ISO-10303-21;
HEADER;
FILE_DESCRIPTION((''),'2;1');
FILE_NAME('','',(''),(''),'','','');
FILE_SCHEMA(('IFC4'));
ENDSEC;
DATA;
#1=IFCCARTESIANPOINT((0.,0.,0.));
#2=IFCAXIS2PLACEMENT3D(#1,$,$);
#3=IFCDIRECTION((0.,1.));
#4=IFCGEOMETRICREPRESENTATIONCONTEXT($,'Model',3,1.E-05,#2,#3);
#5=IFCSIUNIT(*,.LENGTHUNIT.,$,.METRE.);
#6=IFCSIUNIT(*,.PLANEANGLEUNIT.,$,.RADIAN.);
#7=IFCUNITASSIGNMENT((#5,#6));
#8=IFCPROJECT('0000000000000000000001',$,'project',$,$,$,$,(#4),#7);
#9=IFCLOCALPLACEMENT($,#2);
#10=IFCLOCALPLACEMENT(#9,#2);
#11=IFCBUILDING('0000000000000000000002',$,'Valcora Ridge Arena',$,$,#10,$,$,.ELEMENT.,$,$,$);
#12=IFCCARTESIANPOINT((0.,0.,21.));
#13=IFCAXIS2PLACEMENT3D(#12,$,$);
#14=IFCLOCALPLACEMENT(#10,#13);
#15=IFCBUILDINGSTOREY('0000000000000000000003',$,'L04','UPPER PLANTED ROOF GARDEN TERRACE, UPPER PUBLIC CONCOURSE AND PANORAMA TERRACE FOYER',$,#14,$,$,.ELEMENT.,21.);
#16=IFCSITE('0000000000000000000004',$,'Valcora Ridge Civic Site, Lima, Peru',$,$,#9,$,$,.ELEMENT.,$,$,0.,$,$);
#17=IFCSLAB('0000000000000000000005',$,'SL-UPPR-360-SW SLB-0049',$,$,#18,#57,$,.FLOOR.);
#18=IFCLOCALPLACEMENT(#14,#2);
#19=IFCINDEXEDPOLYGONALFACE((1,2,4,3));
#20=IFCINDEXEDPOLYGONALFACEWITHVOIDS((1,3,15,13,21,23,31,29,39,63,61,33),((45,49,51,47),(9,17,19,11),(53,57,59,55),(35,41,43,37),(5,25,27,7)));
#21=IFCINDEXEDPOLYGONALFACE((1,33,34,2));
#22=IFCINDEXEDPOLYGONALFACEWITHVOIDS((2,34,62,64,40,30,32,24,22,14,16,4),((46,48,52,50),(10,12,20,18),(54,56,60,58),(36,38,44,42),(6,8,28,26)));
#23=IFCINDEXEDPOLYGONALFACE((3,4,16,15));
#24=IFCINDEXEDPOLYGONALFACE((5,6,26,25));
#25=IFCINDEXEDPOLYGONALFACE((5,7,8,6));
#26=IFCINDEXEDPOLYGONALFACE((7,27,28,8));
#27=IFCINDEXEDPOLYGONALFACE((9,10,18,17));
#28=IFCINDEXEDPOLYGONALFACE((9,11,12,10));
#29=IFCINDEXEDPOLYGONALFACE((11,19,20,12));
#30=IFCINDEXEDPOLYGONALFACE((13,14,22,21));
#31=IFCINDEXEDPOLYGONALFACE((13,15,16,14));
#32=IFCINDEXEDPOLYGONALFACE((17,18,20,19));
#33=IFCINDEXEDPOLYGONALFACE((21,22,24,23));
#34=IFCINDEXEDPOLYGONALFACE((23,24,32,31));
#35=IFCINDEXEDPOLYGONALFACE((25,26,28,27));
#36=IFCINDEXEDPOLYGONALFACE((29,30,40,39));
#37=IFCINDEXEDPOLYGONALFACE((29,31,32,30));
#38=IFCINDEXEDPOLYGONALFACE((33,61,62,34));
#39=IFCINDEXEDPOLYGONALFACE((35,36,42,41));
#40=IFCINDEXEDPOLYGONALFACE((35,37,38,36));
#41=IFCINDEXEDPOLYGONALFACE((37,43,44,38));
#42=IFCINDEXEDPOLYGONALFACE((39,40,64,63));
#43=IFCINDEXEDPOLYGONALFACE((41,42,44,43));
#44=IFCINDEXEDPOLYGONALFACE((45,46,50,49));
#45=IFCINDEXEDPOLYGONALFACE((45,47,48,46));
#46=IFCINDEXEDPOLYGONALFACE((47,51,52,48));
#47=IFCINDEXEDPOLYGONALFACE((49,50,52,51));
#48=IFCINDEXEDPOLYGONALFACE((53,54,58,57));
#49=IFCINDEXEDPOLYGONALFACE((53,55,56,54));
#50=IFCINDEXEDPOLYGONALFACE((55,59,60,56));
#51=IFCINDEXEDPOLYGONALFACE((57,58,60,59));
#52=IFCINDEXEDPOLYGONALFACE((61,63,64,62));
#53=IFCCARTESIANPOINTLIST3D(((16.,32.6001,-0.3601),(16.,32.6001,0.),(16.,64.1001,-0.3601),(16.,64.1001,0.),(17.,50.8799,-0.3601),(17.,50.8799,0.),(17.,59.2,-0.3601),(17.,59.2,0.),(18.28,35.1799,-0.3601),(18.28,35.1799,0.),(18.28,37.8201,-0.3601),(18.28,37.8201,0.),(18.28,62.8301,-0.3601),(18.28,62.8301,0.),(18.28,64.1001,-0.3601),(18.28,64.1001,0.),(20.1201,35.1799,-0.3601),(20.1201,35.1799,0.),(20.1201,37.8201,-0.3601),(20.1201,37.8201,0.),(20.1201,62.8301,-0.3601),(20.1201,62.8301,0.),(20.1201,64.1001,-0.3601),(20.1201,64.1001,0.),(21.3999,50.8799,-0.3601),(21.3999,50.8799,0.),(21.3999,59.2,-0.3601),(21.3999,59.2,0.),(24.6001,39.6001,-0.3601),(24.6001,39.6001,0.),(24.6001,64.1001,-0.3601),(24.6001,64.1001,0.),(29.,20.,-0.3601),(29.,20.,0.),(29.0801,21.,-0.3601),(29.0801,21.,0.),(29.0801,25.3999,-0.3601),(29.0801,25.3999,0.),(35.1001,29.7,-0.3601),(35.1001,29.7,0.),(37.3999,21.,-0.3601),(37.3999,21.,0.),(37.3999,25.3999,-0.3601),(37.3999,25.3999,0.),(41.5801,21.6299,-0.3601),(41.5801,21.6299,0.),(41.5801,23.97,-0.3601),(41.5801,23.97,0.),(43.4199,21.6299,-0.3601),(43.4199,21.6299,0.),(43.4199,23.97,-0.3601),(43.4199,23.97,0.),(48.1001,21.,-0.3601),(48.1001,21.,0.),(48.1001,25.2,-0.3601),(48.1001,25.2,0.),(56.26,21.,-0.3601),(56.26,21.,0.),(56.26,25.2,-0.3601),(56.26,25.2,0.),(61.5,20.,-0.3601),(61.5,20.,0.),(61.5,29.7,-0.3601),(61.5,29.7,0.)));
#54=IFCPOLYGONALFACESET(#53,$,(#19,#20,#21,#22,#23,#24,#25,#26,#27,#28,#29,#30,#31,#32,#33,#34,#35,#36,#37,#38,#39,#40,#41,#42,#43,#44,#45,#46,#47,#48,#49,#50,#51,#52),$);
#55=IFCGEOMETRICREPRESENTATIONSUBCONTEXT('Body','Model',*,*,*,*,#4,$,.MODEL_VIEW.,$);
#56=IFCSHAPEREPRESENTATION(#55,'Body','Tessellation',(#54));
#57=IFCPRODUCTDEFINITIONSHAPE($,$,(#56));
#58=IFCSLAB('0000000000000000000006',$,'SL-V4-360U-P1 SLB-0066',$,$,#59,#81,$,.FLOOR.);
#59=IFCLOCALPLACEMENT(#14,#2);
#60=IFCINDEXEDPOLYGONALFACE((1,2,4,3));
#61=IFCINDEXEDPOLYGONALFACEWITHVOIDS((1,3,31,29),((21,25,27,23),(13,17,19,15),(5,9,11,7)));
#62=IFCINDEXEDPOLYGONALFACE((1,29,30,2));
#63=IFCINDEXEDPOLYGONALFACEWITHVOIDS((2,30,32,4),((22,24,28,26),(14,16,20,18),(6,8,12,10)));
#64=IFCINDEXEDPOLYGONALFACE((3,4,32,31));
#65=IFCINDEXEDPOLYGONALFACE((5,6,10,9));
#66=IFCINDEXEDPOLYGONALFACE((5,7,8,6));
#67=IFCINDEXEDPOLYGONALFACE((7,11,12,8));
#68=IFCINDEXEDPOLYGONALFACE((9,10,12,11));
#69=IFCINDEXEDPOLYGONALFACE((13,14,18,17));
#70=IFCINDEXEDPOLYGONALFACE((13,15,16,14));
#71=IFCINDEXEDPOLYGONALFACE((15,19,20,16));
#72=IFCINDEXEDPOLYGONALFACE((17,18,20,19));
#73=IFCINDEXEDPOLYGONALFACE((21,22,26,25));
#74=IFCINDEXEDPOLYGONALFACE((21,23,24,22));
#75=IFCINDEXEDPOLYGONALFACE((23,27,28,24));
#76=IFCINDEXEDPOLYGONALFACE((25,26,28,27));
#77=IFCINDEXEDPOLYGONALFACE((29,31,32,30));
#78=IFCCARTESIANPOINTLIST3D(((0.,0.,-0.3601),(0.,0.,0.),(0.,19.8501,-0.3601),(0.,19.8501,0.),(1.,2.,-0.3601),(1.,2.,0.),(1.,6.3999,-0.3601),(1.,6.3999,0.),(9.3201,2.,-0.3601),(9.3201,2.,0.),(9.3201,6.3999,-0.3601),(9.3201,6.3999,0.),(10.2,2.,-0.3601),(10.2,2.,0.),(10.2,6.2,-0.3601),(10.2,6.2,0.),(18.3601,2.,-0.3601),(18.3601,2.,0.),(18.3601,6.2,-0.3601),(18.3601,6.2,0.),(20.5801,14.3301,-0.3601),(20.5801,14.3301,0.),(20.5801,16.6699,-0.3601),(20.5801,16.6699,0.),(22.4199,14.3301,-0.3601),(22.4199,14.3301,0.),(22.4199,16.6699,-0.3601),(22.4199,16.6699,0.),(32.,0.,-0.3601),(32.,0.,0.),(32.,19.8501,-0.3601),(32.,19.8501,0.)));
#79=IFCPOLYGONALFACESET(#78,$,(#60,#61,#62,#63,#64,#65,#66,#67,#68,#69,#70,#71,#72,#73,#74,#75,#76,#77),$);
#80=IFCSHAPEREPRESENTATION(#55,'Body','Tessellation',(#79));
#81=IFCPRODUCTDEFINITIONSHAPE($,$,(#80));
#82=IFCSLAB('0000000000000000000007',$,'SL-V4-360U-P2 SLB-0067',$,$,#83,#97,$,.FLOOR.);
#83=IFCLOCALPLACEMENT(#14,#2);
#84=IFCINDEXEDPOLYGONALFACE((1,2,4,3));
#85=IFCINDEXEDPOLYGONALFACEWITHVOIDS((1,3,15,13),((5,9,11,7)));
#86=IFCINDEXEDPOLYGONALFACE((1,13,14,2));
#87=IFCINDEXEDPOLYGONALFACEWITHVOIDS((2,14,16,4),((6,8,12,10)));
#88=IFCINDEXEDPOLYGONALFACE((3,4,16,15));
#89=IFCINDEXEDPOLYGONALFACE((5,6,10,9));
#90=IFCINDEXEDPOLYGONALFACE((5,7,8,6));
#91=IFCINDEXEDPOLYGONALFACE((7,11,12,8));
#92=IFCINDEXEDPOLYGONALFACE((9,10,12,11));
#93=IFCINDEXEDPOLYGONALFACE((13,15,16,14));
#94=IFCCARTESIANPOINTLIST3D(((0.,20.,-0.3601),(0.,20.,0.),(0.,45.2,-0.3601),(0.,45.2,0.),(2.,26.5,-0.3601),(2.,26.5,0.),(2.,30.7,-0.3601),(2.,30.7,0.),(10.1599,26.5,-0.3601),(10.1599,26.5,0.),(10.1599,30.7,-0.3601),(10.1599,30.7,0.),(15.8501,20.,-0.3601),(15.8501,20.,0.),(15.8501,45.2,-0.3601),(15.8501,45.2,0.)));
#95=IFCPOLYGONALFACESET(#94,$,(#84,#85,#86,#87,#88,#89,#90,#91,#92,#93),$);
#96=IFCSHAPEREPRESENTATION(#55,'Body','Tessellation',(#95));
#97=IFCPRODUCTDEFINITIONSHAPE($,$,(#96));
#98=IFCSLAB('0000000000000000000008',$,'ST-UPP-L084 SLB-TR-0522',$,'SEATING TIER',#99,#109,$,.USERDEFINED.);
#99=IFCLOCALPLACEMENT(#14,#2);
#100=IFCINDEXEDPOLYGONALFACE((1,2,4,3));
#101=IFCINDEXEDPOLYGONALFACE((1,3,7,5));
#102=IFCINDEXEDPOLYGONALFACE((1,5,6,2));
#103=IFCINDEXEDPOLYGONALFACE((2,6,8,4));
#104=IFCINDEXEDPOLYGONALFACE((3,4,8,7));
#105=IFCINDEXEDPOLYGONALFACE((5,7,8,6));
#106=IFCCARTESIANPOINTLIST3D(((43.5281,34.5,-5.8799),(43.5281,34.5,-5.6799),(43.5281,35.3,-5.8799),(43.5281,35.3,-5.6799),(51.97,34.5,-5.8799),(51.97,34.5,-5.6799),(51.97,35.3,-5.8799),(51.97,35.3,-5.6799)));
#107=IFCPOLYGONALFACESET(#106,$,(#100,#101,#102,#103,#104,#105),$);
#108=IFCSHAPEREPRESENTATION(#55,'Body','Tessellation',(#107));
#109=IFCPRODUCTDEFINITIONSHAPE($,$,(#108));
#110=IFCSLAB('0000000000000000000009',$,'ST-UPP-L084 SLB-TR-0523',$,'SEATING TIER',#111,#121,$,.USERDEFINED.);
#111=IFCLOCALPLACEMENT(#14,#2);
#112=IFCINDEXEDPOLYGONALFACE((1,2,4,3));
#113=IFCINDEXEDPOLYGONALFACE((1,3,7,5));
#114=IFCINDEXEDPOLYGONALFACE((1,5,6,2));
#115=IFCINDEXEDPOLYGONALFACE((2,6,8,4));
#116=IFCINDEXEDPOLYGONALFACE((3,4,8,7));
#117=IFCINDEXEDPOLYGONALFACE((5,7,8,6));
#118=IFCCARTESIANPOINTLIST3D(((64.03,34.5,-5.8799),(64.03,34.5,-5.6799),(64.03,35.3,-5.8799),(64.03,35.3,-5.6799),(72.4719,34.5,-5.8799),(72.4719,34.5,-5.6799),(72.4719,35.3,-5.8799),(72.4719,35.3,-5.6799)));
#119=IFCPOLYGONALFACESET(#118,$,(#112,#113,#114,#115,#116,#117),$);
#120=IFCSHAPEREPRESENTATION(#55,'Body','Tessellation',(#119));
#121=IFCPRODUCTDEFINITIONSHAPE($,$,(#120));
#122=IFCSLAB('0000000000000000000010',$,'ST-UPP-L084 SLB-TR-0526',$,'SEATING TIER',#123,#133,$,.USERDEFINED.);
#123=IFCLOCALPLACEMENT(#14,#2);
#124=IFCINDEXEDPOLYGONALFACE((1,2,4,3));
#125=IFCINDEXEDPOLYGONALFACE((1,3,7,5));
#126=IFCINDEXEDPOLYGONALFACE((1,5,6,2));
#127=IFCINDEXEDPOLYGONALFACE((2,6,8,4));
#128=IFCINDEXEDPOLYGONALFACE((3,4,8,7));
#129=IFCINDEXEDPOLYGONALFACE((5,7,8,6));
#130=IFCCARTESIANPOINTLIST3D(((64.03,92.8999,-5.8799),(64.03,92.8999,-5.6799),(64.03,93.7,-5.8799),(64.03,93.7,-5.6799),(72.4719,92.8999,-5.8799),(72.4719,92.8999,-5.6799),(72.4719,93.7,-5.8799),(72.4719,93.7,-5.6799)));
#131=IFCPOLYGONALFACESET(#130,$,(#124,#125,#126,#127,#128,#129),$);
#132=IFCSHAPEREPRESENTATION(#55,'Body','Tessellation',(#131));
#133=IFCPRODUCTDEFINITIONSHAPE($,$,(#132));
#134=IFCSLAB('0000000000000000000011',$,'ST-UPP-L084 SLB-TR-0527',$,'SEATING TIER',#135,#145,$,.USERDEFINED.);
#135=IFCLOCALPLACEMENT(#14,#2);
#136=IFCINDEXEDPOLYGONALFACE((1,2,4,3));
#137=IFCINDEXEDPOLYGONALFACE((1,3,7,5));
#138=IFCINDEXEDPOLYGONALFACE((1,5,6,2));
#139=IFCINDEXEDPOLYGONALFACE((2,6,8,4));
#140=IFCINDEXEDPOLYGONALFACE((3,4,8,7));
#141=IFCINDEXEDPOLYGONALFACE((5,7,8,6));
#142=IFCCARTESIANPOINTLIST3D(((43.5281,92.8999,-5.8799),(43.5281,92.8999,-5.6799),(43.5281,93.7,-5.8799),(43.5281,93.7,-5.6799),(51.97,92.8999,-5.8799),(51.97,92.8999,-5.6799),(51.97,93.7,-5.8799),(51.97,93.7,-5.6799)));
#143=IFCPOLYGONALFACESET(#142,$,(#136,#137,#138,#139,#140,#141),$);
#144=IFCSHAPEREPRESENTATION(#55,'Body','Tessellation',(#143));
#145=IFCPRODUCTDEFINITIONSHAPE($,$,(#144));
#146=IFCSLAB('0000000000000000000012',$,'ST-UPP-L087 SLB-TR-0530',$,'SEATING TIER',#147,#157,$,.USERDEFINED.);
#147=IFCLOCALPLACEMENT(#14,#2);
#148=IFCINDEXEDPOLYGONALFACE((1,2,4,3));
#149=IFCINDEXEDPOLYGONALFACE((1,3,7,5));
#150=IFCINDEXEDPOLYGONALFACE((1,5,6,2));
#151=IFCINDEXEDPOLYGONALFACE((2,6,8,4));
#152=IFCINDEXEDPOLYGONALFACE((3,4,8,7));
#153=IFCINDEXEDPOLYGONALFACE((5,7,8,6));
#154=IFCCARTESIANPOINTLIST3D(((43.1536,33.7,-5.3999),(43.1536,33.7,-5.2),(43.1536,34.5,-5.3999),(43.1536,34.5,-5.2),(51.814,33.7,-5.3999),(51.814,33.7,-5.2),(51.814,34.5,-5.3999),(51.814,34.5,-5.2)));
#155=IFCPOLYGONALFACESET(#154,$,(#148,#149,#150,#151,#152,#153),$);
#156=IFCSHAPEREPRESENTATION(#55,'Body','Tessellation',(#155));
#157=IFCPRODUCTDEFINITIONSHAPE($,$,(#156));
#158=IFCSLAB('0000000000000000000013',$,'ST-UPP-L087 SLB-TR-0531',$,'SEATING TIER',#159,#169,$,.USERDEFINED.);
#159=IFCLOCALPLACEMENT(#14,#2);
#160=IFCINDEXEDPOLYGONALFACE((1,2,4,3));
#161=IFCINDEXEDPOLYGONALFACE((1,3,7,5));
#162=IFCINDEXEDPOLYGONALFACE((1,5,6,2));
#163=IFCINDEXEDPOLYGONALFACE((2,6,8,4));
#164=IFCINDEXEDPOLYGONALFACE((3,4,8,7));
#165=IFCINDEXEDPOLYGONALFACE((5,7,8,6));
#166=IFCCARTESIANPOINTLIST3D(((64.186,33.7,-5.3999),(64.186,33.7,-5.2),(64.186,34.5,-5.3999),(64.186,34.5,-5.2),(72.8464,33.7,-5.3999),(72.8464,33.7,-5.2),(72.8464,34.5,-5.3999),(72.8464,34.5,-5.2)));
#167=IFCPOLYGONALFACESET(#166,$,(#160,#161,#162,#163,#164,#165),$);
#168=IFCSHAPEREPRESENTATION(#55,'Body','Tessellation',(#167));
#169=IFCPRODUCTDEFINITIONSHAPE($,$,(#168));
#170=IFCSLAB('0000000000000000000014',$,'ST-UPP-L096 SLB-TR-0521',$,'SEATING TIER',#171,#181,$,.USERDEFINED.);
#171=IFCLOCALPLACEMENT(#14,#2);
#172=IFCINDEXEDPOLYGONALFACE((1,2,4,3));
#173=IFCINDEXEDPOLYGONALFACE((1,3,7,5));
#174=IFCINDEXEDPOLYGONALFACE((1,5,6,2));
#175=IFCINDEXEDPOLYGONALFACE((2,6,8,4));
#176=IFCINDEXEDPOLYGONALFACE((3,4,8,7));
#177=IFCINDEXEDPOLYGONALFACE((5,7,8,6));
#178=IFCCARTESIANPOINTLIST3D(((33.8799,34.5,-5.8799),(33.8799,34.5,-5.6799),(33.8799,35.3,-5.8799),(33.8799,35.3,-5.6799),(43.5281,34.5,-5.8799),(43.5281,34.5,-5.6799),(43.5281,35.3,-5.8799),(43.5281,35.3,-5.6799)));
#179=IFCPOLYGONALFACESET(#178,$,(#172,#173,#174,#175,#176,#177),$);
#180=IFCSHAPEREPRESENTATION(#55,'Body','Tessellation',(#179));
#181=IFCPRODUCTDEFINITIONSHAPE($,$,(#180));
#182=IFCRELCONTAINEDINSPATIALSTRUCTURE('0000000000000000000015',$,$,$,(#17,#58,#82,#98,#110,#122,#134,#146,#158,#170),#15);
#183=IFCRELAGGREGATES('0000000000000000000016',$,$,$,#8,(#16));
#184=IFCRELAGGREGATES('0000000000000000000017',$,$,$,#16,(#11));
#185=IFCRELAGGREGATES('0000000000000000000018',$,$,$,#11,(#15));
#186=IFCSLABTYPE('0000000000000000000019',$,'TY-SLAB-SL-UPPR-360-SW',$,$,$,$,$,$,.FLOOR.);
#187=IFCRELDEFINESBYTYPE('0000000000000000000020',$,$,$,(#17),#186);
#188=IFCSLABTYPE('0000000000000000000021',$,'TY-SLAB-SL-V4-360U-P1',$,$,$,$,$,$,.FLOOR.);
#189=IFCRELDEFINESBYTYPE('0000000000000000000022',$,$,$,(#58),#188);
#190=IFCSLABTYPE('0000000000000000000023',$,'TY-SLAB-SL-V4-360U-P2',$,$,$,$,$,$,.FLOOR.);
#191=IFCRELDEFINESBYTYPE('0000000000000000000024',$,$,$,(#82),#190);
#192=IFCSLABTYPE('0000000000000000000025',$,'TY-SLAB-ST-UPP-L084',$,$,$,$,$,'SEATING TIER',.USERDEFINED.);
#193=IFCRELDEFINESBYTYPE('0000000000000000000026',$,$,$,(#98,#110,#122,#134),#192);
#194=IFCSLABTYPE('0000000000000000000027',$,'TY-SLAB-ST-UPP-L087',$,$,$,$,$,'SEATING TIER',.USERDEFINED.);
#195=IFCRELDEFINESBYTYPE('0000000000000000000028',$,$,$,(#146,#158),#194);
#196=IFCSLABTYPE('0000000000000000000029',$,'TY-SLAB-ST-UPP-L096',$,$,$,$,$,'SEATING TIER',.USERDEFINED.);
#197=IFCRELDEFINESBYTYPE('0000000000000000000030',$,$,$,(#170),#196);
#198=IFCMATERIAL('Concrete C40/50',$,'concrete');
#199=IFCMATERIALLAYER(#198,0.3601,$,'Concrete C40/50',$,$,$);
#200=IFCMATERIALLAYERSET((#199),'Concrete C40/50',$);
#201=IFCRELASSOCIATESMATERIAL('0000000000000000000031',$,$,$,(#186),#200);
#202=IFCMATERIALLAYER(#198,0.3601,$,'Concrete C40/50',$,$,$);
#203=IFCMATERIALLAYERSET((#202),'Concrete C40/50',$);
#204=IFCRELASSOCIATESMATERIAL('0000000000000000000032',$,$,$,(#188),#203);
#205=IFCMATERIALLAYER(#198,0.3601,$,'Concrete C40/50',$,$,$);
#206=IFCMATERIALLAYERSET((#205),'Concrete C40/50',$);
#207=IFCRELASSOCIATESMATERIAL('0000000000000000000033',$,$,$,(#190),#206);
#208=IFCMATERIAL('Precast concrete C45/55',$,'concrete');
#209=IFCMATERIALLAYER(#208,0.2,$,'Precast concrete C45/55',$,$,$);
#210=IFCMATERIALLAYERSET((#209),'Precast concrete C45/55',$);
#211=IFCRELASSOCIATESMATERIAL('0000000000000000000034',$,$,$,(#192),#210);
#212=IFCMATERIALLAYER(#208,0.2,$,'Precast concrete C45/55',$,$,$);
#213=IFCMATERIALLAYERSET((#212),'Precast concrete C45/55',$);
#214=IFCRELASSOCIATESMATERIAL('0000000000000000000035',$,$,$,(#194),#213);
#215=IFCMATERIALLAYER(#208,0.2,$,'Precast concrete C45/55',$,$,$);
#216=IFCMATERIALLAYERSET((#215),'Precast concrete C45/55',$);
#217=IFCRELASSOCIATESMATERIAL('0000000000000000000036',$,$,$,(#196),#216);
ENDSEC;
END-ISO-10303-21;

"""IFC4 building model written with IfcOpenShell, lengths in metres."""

from ifc_helpers import new_model, si_unit, direction, frame, origin, place, context, subcontext, project, spatial, polyline, outline, extrude, material, layer, layer_set, type_object, element, save


model = new_model("IFC4")

# Units and contexts
model_context = context("Model", 3, precision=1e-05, world=origin(), true_north=direction((0.0, 1.0)))
body_context = subcontext(model_context, "Body", "Model", "MODEL_VIEW")
ifc_project = project(units=[si_unit("LENGTHUNIT", "METRE"), si_unit("PLANEANGLEUNIT", "RADIAN")], contexts=[model_context])

# Site, building, storey
site_placement = place(None, origin())
site = spatial("IfcSite", under=ifc_project, at=site_placement, Name="Valcora Ridge Civic Site, Lima, Peru", CompositionType="ELEMENT", RefElevation=0.0)
building_placement = place(site_placement, origin())
building = spatial("IfcBuilding", under=site, at=building_placement, Name="Valcora Ridge Arena", CompositionType="ELEMENT")
storey_placement = place(building_placement, frame((0.0, 0.0, 21.0)))
storey = spatial("IfcBuildingStorey", under=building, at=storey_placement, Name="L04", Description="UPPER PLANTED ROOF GARDEN TERRACE, UPPER PUBLIC CONCOURSE AND PANORAMA TERRACE FOYER", CompositionType="ELEMENT", Elevation=21.0)

# Shared definitions
ifc_material_1 = material(Name="Concrete C40/50", Category="concrete")

# Slabs
ifc_layer_1 = layer(ifc_material_1, 0.3601, Name="Concrete C40/50")
ifc_layer_set_1 = layer_set([ifc_layer_1], Name="Concrete C40/50")
slab_type_1 = type_object("IfcSlabType", Name="TY-SLAB-SL-UPPR-360-SW", PredefinedType="FLOOR", material=ifc_layer_set_1)
slab_1_placement = place(storey_placement, frame((0.0, 0.0, -0.3601)))
element("IfcSlab", 1, at=slab_1_placement, inside=storey, type_object=slab_type_1, Name="SL-UPPR-360-SW SLB-0049", PredefinedType="FLOOR", context=body_context, shape_type="SweptSolid", body=[
    extrude(outline(polyline([(16.0, 64.1001), (16.0, 32.6001), (29.0, 20.0), (61.5, 20.0), (61.5, 29.7), (35.1001, 29.7), (24.6001, 39.6001), (24.6001, 64.1001), (20.1201, 64.1001), (20.1201, 62.8301), (18.28, 62.8301), (18.28, 64.1001), (16.0, 64.1001)]), holes=[polyline([(48.1001, 21.0), (56.26, 21.0), (56.26, 25.2), (48.1001, 25.2), (48.1001, 21.0)]), polyline([(37.3999, 21.0), (37.3999, 25.3999), (29.0801, 25.3999), (29.0801, 21.0), (37.3999, 21.0)]), polyline([(17.0, 50.8799), (21.3999, 50.8799), (21.3999, 59.2), (17.0, 59.2), (17.0, 50.8799)]), polyline([(41.5801, 23.97), (41.5801, 21.6299), (43.4199, 21.6299), (43.4199, 23.97), (41.5801, 23.97)]), polyline([(18.28, 37.8201), (18.28, 35.1799), (20.1201, 35.1799), (20.1201, 37.8201), (18.28, 37.8201)])]), origin(), (0.0, 0.0, 1.0), 0.3601),
])
ifc_layer_2 = layer(ifc_material_1, 0.3601, Name="Concrete C40/50")
ifc_layer_set_2 = layer_set([ifc_layer_2], Name="Concrete C40/50")
slab_type_2 = type_object("IfcSlabType", Name="TY-SLAB-SL-V4-360U-P1", PredefinedType="FLOOR", material=ifc_layer_set_2)
slab_2_placement = place(storey_placement, frame((0.0, 0.0, -0.3601)))
element("IfcSlab", 2, at=slab_2_placement, inside=storey, type_object=slab_type_2, Name="SL-V4-360U-P1 SLB-0066", PredefinedType="FLOOR", context=body_context, shape_type="SweptSolid", body=[
    extrude(outline(polyline([(0.0, 19.8501), (0.0, 0.0), (32.0, 0.0), (32.0, 19.8501), (0.0, 19.8501)]), holes=[polyline([(10.2, 2.0), (18.3601, 2.0), (18.3601, 6.2), (10.2, 6.2), (10.2, 2.0)]), polyline([(1.0, 6.3999), (1.0, 2.0), (9.3201, 2.0), (9.3201, 6.3999), (1.0, 6.3999)]), polyline([(20.5801, 16.6699), (20.5801, 14.3301), (22.4199, 14.3301), (22.4199, 16.6699), (20.5801, 16.6699)])]), origin(), (0.0, 0.0, 1.0), 0.3601),
])
ifc_layer_3 = layer(ifc_material_1, 0.3601, Name="Concrete C40/50")
ifc_layer_set_3 = layer_set([ifc_layer_3], Name="Concrete C40/50")
slab_type_3 = type_object("IfcSlabType", Name="TY-SLAB-SL-V4-360U-P2", PredefinedType="FLOOR", material=ifc_layer_set_3)
slab_3_placement = place(storey_placement, frame((0.0, 0.0, -0.3601)))
element("IfcSlab", 3, at=slab_3_placement, inside=storey, type_object=slab_type_3, Name="SL-V4-360U-P2 SLB-0067", PredefinedType="FLOOR", context=body_context, shape_type="SweptSolid", body=[
    extrude(outline(polyline([(0.0, 45.2), (0.0, 20.0), (15.8501, 20.0), (15.8501, 45.2), (0.0, 45.2)]), holes=[polyline([(2.0, 26.5), (10.1599, 26.5), (10.1599, 30.7), (2.0, 30.7), (2.0, 26.5)])]), origin(), (0.0, 0.0, 1.0), 0.3601),
])
ifc_material_2 = material(Name="Precast concrete C45/55", Category="concrete")
ifc_layer_4 = layer(ifc_material_2, 0.2, Name="Precast concrete C45/55")
ifc_layer_set_4 = layer_set([ifc_layer_4], Name="Precast concrete C45/55")
slab_type_4 = type_object("IfcSlabType", Name="TY-SLAB-ST-UPP-L084", ElementType="SEATING TIER", PredefinedType="USERDEFINED", material=ifc_layer_set_4)
slab_4_placement = place(storey_placement, frame((0.0, 0.0, -5.8799)))
element("IfcSlab", 4, at=slab_4_placement, inside=storey, type_object=slab_type_4, Name="ST-UPP-L084 SLB-TR-0522", ObjectType="SEATING TIER", PredefinedType="USERDEFINED", context=body_context, shape_type="SweptSolid", body=[
    extrude(outline(polyline([(43.5281, 35.3), (51.97, 35.3), (51.97, 34.5), (43.5281, 34.5), (43.5281, 35.3)])), origin(), (0.0, 0.0, 1.0), 0.2),
])
slab_5_placement = place(storey_placement, frame((0.0, 0.0, -5.8799)))
element("IfcSlab", 5, at=slab_5_placement, inside=storey, type_object=slab_type_4, Name="ST-UPP-L084 SLB-TR-0523", ObjectType="SEATING TIER", PredefinedType="USERDEFINED", context=body_context, shape_type="SweptSolid", body=[
    extrude(outline(polyline([(64.03, 35.3), (72.4719, 35.3), (72.4719, 34.5), (64.03, 34.5), (64.03, 35.3)])), origin(), (0.0, 0.0, 1.0), 0.2),
])
slab_6_placement = place(storey_placement, frame((0.0, 0.0, -5.8799)))
element("IfcSlab", 6, at=slab_6_placement, inside=storey, type_object=slab_type_4, Name="ST-UPP-L084 SLB-TR-0526", ObjectType="SEATING TIER", PredefinedType="USERDEFINED", context=body_context, shape_type="SweptSolid", body=[
    extrude(outline(polyline([(72.4719, 92.8999), (64.03, 92.8999), (64.03, 93.7), (72.4719, 93.7), (72.4719, 92.8999)])), origin(), (0.0, 0.0, 1.0), 0.2),
])
slab_7_placement = place(storey_placement, frame((0.0, 0.0, -5.8799)))
element("IfcSlab", 7, at=slab_7_placement, inside=storey, type_object=slab_type_4, Name="ST-UPP-L084 SLB-TR-0527", ObjectType="SEATING TIER", PredefinedType="USERDEFINED", context=body_context, shape_type="SweptSolid", body=[
    extrude(outline(polyline([(51.97, 92.8999), (43.5281, 92.8999), (43.5281, 93.7), (51.97, 93.7), (51.97, 92.8999)])), origin(), (0.0, 0.0, 1.0), 0.2),
])
ifc_layer_5 = layer(ifc_material_2, 0.2, Name="Precast concrete C45/55")
ifc_layer_set_5 = layer_set([ifc_layer_5], Name="Precast concrete C45/55")
slab_type_5 = type_object("IfcSlabType", Name="TY-SLAB-ST-UPP-L087", ElementType="SEATING TIER", PredefinedType="USERDEFINED", material=ifc_layer_set_5)
slab_8_placement = place(storey_placement, frame((0.0, 0.0, -5.3999)))
element("IfcSlab", 8, at=slab_8_placement, inside=storey, type_object=slab_type_5, Name="ST-UPP-L087 SLB-TR-0530", ObjectType="SEATING TIER", PredefinedType="USERDEFINED", context=body_context, shape_type="SweptSolid", body=[
    extrude(outline(polyline([(43.1536, 34.5), (51.814, 34.5), (51.814, 33.7), (43.1536, 33.7), (43.1536, 34.5)])), origin(), (0.0, 0.0, 1.0), 0.2),
])
slab_9_placement = place(storey_placement, frame((0.0, 0.0, -5.3999)))
element("IfcSlab", 9, at=slab_9_placement, inside=storey, type_object=slab_type_5, Name="ST-UPP-L087 SLB-TR-0531", ObjectType="SEATING TIER", PredefinedType="USERDEFINED", context=body_context, shape_type="SweptSolid", body=[
    extrude(outline(polyline([(64.186, 34.5), (72.8464, 34.5), (72.8464, 33.7), (64.186, 33.7), (64.186, 34.5)])), origin(), (0.0, 0.0, 1.0), 0.2),
])
ifc_layer_6 = layer(ifc_material_2, 0.2, Name="Precast concrete C45/55")
ifc_layer_set_6 = layer_set([ifc_layer_6], Name="Precast concrete C45/55")
slab_type_6 = type_object("IfcSlabType", Name="TY-SLAB-ST-UPP-L096", ElementType="SEATING TIER", PredefinedType="USERDEFINED", material=ifc_layer_set_6)
slab_10_placement = place(storey_placement, frame((0.0, 0.0, -5.8799)))
element("IfcSlab", 10, at=slab_10_placement, inside=storey, type_object=slab_type_6, Name="ST-UPP-L096 SLB-TR-0521", ObjectType="SEATING TIER", PredefinedType="USERDEFINED", context=body_context, shape_type="SweptSolid", body=[
    extrude(outline(polyline([(33.8799, 35.3), (43.5281, 35.3), (43.5281, 34.5), (33.8799, 34.5), (33.8799, 35.3)])), origin(), (0.0, 0.0, 1.0), 0.2),
])

save(model, "model.ifc")
